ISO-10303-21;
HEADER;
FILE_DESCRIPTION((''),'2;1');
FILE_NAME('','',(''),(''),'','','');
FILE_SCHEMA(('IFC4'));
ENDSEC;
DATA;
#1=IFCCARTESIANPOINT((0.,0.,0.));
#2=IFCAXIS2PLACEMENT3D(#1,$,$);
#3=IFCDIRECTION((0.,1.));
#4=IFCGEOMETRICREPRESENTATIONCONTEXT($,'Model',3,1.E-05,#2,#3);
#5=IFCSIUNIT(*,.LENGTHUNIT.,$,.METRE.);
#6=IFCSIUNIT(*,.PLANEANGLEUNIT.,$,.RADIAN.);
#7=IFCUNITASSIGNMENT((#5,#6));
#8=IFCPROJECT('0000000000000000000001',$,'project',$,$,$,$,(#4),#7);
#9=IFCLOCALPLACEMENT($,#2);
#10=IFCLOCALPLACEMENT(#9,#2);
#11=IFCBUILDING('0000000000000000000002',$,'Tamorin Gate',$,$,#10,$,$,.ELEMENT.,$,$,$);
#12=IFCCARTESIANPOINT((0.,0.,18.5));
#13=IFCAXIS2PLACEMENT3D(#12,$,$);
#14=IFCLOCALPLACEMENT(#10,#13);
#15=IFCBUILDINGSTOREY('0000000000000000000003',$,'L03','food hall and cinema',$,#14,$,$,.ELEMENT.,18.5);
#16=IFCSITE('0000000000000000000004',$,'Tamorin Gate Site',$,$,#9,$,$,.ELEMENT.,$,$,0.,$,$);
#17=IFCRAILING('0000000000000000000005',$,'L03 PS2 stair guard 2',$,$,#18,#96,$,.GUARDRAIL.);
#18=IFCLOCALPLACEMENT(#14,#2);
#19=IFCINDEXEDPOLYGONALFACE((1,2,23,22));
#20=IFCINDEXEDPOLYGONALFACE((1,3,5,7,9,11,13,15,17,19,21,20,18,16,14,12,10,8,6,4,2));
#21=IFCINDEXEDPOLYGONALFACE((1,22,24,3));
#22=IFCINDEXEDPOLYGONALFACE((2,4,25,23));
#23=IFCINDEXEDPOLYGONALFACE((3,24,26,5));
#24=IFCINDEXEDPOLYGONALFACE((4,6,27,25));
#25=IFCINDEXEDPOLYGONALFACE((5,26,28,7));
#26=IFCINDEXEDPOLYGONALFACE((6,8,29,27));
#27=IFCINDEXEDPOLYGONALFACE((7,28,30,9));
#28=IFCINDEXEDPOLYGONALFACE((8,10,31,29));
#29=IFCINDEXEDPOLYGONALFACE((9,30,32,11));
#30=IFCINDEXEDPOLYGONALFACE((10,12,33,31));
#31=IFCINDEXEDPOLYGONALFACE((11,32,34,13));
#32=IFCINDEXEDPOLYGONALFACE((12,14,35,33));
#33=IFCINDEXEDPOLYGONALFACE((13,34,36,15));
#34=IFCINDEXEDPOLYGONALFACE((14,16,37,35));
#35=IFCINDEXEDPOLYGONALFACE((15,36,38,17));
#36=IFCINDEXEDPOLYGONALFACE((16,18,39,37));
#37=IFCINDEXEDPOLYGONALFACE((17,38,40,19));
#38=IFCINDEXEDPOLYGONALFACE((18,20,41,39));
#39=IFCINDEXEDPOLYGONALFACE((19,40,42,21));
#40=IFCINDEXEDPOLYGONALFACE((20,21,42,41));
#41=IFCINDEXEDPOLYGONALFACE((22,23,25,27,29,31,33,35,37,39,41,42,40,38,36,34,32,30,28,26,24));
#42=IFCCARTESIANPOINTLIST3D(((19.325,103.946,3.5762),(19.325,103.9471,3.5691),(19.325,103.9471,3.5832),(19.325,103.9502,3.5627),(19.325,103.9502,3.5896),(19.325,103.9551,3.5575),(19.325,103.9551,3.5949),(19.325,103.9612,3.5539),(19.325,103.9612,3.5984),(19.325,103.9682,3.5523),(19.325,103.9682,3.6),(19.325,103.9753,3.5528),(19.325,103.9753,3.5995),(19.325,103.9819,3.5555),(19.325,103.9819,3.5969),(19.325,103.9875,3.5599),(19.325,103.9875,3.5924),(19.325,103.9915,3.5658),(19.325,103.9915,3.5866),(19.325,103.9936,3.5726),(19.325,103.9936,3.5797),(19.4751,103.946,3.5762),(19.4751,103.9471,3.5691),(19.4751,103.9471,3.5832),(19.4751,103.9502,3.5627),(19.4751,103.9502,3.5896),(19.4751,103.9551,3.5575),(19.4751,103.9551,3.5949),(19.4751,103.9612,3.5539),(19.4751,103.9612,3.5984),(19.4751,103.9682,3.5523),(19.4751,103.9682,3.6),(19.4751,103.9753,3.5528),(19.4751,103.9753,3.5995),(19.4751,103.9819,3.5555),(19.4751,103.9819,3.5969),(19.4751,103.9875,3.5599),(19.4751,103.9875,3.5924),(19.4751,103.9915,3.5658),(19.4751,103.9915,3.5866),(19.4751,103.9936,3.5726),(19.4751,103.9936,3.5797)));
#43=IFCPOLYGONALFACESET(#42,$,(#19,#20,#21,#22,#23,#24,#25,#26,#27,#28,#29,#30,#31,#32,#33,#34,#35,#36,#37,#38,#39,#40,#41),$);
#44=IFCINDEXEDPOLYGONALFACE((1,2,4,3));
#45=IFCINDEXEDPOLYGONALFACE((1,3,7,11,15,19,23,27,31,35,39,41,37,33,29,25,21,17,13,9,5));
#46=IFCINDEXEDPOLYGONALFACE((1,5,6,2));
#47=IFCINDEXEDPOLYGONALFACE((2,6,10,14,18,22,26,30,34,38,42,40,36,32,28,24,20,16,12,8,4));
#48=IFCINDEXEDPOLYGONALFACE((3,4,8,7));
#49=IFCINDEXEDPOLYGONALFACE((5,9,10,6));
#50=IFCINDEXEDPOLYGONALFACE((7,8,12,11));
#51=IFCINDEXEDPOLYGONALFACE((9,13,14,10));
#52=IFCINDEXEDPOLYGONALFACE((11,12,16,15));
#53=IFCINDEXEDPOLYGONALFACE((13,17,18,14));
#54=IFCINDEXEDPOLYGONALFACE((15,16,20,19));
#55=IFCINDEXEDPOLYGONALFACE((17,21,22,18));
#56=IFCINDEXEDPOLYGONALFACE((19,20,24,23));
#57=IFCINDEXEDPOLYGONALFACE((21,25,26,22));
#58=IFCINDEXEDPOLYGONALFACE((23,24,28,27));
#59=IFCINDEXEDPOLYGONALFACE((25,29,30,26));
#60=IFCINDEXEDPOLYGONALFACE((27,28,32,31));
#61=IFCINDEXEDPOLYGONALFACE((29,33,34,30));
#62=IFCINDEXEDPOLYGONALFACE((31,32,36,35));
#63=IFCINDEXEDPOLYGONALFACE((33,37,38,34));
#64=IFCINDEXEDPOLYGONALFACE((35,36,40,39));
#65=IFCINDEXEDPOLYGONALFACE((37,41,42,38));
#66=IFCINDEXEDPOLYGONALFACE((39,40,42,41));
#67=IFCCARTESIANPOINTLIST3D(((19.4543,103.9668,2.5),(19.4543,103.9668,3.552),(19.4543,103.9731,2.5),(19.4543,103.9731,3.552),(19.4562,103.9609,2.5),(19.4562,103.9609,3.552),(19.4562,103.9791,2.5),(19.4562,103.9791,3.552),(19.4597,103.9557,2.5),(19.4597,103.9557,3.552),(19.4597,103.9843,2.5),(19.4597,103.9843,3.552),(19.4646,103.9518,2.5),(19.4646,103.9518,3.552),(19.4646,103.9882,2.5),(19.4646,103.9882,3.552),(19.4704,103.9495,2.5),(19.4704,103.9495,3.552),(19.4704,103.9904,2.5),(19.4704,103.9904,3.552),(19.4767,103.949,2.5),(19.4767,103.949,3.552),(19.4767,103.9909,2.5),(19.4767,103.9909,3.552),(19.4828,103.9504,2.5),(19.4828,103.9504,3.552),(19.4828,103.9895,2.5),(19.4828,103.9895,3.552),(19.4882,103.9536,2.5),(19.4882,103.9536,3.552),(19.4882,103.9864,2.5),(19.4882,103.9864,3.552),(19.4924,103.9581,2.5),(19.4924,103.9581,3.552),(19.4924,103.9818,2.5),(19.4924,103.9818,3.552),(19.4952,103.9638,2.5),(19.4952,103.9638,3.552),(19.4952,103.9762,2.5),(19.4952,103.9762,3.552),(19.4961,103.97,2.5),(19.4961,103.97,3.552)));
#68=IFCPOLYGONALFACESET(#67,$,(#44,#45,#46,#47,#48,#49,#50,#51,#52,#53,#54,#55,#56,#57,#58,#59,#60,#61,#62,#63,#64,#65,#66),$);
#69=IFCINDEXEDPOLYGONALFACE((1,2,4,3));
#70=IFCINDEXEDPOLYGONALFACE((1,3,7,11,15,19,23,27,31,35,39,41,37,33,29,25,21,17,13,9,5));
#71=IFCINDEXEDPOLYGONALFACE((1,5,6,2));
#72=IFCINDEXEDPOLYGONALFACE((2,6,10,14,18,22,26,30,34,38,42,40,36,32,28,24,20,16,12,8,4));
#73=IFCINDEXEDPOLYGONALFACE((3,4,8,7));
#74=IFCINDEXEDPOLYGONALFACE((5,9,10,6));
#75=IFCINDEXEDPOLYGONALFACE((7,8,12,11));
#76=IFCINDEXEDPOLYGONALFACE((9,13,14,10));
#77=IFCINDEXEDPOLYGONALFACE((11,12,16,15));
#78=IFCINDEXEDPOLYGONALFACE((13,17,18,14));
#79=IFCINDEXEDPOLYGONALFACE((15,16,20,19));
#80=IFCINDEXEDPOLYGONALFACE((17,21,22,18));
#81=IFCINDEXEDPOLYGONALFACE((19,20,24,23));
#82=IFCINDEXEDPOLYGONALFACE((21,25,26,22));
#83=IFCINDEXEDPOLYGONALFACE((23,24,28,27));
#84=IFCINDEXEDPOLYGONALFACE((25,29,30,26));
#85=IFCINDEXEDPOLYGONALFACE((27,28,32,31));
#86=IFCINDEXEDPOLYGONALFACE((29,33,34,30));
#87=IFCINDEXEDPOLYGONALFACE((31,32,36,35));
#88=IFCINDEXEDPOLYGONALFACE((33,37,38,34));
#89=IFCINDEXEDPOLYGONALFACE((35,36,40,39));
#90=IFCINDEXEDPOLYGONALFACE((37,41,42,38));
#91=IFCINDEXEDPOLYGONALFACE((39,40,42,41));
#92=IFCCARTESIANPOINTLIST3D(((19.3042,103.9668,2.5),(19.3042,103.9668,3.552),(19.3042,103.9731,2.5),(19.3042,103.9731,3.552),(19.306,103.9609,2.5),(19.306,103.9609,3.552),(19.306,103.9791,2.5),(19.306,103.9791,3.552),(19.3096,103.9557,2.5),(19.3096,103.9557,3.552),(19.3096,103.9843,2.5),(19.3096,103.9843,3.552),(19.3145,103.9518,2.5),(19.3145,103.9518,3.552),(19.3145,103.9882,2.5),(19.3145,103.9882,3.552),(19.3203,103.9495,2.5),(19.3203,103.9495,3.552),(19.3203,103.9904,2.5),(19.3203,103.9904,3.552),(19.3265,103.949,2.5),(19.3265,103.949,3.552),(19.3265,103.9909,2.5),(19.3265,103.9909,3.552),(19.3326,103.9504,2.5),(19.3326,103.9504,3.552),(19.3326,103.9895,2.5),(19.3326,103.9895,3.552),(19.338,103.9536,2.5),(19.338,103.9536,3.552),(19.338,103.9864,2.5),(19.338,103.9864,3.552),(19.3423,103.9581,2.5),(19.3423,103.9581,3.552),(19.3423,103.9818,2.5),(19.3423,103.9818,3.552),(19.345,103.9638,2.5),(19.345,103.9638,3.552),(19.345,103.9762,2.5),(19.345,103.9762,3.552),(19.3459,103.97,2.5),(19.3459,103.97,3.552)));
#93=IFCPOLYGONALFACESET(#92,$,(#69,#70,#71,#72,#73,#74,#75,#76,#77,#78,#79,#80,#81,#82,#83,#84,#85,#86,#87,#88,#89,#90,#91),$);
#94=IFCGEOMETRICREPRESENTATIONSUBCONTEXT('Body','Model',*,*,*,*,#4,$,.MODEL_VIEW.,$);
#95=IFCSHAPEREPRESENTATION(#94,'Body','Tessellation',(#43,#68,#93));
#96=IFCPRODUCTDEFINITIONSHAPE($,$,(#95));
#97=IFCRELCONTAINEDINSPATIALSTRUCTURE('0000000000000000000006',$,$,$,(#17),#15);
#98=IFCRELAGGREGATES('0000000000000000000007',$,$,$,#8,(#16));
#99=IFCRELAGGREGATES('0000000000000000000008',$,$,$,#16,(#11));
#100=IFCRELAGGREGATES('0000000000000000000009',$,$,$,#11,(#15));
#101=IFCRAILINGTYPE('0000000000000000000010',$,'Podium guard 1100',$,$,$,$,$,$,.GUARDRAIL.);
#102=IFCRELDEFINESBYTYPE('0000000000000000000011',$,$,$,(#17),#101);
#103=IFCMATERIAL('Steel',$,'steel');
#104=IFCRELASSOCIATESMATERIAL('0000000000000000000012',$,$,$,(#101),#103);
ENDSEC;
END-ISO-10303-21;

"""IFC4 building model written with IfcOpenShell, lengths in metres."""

from ifc_helpers import new_model, si_unit, direction, frame, origin, origin_2d, place, context, subcontext, project, spatial, circle, extrude, material, type_object, element, save


model = new_model("IFC4")

# Units and contexts
model_context = context("Model", 3, precision=1e-05, world=origin(), true_north=direction((0.0, 1.0)))
body_context = subcontext(model_context, "Body", "Model", "MODEL_VIEW")
ifc_project = project(units=[si_unit("LENGTHUNIT", "METRE"), si_unit("PLANEANGLEUNIT", "RADIAN")], contexts=[model_context])

# Site, building, storey
site_placement = place(None, origin())
site = spatial("IfcSite", under=ifc_project, at=site_placement, Name="Tamorin Gate Site", CompositionType="ELEMENT", RefElevation=0.0)
building_placement = place(site_placement, origin())
building = spatial("IfcBuilding", under=site, at=building_placement, Name="Tamorin Gate", CompositionType="ELEMENT")
storey_placement = place(building_placement, frame((0.0, 0.0, 18.5)))
storey = spatial("IfcBuildingStorey", under=building, at=storey_placement, Name="L03", Description="food hall and cinema", CompositionType="ELEMENT", Elevation=18.5)

# Railing
ifc_material_1 = material(Name="Steel", Category="steel")
railing_type_1 = type_object("IfcRailingType", Name="Podium guard 1100", PredefinedType="GUARDRAIL", material=ifc_material_1)
railing_1_placement = place(storey_placement, frame((19.4751, 103.97, 2.5)))
element("IfcRailing", 1, at=railing_1_placement, inside=storey, type_object=railing_type_1, Name="L03 PS2 stair guard 2", PredefinedType="GUARDRAIL", context=body_context, shape_type="SweptSolid", body=[
    extrude(circle(Radius=0.0239, at=origin_2d()), frame((0.0, 0.0, 1.0762), z_axis=(-1.0, 0.0, 0.0), x_axis=(0.0, -1.0, 0.0)), (0.0, 0.0, 1.0), 0.1501),
    extrude(circle(Radius=0.021, at=origin_2d()), origin(), (0.0, 0.0, 1.0), 1.052),
    extrude(circle(Radius=0.021, at=origin_2d()), frame((-0.1501, 0.0, 0.0)), (0.0, 0.0, 1.0), 1.052),
])

save(model, "model.ifc")
